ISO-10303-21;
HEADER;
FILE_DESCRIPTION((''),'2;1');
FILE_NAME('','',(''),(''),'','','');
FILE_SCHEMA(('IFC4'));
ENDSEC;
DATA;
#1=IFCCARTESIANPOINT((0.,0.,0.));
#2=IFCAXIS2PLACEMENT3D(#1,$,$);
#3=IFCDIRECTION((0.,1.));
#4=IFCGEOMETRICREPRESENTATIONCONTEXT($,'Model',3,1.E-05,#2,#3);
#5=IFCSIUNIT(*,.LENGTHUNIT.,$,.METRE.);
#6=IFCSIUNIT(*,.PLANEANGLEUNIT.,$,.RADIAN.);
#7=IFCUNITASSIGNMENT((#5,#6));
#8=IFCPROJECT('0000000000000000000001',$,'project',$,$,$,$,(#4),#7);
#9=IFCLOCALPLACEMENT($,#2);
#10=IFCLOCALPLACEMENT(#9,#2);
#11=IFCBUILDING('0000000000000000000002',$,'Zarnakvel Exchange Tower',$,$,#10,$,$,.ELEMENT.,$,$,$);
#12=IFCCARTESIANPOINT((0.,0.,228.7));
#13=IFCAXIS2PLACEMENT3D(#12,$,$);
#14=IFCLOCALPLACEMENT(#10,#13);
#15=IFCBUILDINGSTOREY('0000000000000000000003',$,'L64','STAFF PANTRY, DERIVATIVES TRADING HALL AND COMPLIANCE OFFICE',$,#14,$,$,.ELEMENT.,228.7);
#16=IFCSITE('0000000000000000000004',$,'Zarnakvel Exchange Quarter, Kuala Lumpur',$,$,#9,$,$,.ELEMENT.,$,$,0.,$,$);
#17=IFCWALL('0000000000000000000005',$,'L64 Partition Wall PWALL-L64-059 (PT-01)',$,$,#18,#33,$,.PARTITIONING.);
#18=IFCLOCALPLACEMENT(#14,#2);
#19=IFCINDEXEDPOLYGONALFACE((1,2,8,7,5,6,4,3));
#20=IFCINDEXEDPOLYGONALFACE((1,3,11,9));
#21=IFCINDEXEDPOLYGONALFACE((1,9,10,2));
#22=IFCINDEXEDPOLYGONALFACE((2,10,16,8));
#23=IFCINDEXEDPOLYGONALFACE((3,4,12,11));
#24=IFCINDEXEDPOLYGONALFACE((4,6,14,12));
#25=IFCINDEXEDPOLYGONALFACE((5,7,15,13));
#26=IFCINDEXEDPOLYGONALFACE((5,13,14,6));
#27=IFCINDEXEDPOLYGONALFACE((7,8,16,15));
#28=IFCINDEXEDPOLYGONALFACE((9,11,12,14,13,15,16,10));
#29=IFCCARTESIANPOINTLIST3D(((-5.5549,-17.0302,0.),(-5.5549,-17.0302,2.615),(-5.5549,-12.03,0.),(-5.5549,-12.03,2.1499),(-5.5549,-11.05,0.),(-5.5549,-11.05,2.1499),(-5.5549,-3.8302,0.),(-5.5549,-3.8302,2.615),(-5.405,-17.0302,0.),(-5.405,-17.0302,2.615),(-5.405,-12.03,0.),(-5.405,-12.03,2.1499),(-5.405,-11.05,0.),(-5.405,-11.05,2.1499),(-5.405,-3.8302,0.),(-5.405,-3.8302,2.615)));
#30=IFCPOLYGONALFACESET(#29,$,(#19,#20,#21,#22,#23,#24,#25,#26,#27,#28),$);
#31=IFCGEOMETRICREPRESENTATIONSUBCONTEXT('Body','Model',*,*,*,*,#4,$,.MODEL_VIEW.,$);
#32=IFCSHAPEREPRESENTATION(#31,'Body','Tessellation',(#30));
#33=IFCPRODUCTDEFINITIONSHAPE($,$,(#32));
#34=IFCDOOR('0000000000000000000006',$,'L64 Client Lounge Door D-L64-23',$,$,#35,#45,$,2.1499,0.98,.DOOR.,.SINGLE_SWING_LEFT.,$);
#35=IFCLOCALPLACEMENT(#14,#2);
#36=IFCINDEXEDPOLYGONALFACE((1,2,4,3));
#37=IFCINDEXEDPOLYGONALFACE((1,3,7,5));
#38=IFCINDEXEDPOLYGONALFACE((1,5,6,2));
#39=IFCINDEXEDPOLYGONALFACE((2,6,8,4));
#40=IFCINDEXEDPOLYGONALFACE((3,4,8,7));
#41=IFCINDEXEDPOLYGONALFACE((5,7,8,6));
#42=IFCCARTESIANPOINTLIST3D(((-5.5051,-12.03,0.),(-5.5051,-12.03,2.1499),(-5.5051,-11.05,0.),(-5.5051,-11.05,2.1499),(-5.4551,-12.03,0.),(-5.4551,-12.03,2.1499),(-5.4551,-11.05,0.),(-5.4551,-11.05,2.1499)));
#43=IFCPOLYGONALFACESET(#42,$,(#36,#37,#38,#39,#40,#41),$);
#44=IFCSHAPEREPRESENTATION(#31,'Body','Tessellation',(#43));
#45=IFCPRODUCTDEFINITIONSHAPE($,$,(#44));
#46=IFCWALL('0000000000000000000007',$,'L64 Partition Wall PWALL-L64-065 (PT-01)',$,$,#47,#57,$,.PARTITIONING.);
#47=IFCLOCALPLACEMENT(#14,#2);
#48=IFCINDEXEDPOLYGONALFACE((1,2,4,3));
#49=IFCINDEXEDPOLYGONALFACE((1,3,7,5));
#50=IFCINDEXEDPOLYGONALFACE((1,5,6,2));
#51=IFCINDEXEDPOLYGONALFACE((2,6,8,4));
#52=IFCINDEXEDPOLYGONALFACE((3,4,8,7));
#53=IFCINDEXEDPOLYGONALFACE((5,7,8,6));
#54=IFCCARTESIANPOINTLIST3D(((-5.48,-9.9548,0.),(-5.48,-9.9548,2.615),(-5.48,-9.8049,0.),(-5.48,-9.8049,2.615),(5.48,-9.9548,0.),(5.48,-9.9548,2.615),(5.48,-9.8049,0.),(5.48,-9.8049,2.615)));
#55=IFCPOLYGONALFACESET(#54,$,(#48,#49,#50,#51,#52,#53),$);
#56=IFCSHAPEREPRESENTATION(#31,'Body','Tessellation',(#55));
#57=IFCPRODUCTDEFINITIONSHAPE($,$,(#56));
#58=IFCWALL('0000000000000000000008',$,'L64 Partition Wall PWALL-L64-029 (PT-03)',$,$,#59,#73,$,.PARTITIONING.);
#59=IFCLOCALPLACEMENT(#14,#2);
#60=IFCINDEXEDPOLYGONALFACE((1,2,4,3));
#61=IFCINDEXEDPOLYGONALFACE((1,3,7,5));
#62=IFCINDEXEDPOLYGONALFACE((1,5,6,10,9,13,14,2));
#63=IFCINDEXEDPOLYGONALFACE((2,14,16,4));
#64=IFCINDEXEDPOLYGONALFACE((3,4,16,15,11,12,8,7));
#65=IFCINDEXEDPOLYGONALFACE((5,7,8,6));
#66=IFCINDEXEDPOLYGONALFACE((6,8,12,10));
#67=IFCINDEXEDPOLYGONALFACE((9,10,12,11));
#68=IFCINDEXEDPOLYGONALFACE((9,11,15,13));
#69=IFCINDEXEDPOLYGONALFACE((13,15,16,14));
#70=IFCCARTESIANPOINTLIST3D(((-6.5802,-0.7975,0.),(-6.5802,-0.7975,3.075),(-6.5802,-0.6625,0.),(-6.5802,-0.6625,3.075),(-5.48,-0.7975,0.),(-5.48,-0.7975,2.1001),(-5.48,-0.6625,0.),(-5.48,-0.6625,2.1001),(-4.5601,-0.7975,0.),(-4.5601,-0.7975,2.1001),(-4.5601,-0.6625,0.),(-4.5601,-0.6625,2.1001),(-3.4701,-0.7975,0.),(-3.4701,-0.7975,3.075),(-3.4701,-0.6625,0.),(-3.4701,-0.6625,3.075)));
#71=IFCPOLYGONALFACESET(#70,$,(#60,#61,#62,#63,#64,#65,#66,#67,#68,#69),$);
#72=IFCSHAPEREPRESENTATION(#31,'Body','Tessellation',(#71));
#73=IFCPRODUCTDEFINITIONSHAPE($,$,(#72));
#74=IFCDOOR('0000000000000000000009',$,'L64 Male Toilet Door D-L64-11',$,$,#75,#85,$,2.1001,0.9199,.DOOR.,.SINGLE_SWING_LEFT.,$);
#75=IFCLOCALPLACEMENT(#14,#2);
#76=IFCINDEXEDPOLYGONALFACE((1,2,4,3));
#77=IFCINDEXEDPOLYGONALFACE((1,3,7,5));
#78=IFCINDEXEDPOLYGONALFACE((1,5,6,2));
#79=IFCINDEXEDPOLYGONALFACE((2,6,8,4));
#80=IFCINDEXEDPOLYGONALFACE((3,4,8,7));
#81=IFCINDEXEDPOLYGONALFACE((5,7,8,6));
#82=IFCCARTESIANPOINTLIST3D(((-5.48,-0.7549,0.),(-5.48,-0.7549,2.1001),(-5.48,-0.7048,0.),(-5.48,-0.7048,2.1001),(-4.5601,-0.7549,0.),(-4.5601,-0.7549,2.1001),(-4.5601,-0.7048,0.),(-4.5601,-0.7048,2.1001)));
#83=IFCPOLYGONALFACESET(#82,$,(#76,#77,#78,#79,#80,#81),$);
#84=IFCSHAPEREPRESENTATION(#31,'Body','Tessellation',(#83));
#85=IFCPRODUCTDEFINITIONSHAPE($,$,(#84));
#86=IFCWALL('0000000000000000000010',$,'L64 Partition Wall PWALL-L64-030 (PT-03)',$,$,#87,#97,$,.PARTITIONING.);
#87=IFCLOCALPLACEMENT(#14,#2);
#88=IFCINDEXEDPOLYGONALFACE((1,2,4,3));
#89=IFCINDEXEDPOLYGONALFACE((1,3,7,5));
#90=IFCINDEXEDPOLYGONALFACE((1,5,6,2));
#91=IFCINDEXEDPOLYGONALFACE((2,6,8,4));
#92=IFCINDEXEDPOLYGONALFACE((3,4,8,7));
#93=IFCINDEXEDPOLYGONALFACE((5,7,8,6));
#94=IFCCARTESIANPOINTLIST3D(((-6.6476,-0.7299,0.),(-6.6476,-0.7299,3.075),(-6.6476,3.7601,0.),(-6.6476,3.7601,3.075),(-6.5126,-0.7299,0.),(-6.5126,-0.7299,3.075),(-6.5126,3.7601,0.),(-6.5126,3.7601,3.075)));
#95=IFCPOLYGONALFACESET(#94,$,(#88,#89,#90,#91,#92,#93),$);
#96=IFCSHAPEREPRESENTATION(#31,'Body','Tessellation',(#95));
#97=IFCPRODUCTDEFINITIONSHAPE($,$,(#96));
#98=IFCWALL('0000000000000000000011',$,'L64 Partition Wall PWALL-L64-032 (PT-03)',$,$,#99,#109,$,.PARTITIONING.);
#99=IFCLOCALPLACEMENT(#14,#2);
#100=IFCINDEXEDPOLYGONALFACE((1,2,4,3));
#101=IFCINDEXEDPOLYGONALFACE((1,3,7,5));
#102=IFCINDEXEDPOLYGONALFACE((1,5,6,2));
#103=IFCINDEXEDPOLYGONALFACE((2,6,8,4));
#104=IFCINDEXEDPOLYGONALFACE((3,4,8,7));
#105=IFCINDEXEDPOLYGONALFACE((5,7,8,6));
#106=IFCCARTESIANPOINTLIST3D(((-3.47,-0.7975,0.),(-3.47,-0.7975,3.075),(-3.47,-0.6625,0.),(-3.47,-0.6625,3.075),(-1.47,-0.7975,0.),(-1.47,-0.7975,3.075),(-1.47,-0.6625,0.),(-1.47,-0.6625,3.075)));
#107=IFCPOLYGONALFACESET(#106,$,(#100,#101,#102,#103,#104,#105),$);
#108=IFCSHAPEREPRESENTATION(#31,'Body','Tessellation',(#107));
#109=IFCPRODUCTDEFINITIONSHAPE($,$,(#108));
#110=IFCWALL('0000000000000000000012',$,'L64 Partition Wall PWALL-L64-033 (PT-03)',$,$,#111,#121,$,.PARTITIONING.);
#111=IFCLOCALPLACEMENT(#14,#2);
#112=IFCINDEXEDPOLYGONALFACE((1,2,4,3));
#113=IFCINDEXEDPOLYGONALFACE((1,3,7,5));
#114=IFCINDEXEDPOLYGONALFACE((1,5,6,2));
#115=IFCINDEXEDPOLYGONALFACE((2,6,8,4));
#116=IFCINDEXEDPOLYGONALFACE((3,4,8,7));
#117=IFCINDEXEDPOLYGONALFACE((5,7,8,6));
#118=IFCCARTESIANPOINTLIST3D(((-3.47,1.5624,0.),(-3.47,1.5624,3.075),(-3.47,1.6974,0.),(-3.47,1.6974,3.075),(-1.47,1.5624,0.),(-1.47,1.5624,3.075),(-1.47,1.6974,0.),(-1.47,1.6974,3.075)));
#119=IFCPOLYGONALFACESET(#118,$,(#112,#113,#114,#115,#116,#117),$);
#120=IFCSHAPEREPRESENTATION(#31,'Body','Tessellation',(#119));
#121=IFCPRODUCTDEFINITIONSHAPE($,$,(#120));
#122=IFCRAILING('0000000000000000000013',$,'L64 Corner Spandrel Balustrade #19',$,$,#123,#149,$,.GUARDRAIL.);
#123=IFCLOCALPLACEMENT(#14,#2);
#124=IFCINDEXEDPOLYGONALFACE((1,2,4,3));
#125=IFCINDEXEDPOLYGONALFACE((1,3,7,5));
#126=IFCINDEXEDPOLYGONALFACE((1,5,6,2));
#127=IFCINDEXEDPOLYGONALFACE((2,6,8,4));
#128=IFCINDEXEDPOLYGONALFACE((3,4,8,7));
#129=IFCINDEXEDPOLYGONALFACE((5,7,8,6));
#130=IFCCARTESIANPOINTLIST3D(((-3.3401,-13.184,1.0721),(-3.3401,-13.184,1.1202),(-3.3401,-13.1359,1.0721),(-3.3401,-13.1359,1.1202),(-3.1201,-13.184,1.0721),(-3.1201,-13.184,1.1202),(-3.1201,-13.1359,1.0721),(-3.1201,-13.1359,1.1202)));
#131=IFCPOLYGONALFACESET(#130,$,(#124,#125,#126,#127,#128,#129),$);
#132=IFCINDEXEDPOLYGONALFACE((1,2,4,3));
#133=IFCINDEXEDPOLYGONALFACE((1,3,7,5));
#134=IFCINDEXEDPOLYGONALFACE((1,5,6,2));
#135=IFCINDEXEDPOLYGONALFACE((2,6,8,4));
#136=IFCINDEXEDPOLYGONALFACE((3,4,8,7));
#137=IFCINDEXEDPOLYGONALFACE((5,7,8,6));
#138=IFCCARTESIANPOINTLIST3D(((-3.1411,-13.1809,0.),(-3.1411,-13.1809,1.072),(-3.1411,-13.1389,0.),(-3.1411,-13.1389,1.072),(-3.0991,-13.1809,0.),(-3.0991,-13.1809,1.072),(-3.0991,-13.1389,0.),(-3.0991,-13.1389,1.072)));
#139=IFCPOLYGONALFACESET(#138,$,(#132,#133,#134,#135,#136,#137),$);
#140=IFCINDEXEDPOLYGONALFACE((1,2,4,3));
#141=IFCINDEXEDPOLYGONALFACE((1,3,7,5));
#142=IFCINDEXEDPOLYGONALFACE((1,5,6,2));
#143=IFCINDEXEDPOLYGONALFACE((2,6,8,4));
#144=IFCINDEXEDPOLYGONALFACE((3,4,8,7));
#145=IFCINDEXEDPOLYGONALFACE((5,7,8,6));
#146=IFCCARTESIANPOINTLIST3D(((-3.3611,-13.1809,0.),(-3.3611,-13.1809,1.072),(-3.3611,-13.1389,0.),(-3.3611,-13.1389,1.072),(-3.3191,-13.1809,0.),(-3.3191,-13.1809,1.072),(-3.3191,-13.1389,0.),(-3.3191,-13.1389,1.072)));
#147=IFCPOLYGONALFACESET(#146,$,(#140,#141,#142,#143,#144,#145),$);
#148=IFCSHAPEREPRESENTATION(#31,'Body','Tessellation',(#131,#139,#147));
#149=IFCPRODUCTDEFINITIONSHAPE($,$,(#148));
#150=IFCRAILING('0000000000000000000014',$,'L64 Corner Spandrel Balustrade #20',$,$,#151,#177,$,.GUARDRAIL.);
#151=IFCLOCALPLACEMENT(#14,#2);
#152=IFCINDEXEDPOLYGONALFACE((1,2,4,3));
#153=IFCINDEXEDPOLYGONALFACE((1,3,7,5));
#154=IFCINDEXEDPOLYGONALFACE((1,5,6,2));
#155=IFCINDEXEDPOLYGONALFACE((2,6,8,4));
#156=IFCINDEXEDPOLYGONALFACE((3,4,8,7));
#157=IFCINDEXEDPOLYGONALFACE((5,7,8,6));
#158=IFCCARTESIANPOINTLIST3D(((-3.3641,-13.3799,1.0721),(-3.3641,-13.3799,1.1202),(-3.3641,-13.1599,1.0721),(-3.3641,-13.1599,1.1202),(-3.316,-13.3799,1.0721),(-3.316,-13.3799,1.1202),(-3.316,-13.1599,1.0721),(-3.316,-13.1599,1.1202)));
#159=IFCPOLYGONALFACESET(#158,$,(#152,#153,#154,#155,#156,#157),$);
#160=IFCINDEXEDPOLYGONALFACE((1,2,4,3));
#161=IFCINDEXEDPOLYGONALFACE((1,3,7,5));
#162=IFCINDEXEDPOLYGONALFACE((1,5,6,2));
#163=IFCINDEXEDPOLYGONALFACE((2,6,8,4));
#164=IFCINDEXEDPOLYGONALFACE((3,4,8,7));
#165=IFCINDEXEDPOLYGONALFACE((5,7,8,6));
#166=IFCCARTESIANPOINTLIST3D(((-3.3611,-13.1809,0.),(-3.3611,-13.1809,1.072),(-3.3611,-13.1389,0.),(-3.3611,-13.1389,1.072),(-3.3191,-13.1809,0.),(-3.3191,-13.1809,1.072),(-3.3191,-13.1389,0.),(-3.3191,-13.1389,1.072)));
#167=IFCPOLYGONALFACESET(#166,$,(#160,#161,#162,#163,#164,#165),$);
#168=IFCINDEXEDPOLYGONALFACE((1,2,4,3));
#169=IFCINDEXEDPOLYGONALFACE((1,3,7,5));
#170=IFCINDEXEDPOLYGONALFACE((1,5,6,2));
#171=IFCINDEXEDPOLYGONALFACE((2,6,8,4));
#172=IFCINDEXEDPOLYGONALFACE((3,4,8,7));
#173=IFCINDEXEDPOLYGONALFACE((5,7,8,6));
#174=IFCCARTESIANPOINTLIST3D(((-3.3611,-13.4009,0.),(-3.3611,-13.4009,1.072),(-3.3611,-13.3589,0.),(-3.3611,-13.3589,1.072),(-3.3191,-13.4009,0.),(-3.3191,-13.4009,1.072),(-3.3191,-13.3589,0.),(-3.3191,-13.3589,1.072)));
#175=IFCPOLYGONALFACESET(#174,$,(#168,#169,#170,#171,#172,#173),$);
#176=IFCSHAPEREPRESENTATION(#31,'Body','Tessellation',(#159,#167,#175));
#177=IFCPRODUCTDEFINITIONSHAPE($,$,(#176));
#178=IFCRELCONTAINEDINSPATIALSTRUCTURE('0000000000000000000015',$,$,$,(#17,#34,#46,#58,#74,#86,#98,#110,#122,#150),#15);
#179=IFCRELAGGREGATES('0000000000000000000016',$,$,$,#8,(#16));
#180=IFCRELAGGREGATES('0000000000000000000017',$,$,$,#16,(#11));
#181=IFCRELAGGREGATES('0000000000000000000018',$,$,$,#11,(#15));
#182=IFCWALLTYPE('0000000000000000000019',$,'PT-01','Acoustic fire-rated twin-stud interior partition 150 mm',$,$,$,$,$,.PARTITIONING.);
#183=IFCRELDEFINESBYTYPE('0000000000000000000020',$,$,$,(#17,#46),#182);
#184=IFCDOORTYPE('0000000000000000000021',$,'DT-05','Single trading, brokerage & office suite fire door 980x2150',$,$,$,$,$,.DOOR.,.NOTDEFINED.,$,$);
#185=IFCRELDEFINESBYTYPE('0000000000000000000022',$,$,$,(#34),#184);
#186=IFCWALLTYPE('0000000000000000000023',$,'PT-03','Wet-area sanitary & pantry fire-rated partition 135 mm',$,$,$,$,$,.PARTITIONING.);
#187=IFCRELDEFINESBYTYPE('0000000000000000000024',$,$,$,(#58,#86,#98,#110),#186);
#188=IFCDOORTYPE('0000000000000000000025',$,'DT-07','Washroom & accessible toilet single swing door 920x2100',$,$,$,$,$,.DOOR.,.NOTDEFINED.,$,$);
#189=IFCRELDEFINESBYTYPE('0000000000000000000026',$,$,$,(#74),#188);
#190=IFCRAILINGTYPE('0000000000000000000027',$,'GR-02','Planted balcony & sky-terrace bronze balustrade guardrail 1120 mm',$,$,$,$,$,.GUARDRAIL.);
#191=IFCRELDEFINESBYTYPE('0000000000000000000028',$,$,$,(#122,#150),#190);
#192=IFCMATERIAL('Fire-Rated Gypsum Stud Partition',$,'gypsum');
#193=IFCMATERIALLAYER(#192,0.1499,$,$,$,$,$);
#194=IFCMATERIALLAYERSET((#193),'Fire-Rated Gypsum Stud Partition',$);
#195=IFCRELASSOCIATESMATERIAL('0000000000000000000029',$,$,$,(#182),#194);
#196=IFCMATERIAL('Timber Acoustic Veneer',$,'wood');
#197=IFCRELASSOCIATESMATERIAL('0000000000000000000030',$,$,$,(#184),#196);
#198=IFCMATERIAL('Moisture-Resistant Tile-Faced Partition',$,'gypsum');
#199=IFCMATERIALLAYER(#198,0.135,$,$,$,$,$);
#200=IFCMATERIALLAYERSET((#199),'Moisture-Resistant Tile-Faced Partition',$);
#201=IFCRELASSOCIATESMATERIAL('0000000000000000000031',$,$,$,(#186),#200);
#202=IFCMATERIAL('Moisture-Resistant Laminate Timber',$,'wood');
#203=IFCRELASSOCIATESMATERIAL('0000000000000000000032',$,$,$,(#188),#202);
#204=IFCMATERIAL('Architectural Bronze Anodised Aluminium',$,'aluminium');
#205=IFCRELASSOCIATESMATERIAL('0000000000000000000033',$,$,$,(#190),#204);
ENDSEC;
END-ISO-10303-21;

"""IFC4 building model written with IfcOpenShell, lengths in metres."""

from ifc_helpers import new_model, si_unit, direction, frame, frame_2d, origin, origin_2d, place, context, subcontext, project, spatial, rectangle, extrude, source, transform, mapped, material, layer, layer_set, type_object, element, fill, save


model = new_model("IFC4")

# Units and contexts
model_context = context("Model", 3, precision=1e-05, world=origin(), true_north=direction((0.0, 1.0)))
body_context = subcontext(model_context, "Body", "Model", "MODEL_VIEW")
ifc_project = project(units=[si_unit("LENGTHUNIT", "METRE"), si_unit("PLANEANGLEUNIT", "RADIAN")], contexts=[model_context])

# Site, building, storey
site_placement = place(None, origin())
site = spatial("IfcSite", under=ifc_project, at=site_placement, Name="Zarnakvel Exchange Quarter, Kuala Lumpur", CompositionType="ELEMENT", RefElevation=0.0)
building_placement = place(site_placement, origin())
building = spatial("IfcBuilding", under=site, at=building_placement, Name="Zarnakvel Exchange Tower", CompositionType="ELEMENT")
storey_placement = place(building_placement, frame((0.0, 0.0, 228.7)))
storey = spatial("IfcBuildingStorey", under=building, at=storey_placement, Name="L64", Description="STAFF PANTRY, DERIVATIVES TRADING HALL AND COMPLIANCE OFFICE", CompositionType="ELEMENT", Elevation=228.7)

# Shared definitions
ifc_material_1 = material(Name="Fire-Rated Gypsum Stud Partition", Category="gypsum")
ifc_layer_1 = layer(ifc_material_1, 0.1499)
ifc_layer_set_1 = layer_set([ifc_layer_1], Name="Fire-Rated Gypsum Stud Partition")
wall_type_1 = type_object("IfcWallType", Name="PT-01", Description="Acoustic fire-rated twin-stud interior partition 150 mm", PredefinedType="PARTITIONING", material=ifc_layer_set_1)
ifc_material_2 = material(Name="Timber Acoustic Veneer", Category="wood")
door_type_1 = type_object("IfcDoorType", Name="DT-05", Description="Single trading, brokerage & office suite fire door 980x2150", OperationType="NOTDEFINED", PredefinedType="DOOR", material=ifc_material_2)
shared_shape_1 = source(origin(), body_context, "Body", "SweptSolid", [
    extrude(rectangle(XDim=0.98, YDim=2.1499, at=frame_2d((0.49, 1.075))), frame((0.0, 0.0249, 0.0), z_axis=(0.0, -1.0, 0.0), x_axis=(1.0, 0.0, 0.0)), (0.0, 0.0, 1.0), 0.05),
])

# Wall, opening, door
wall_1_placement = place(storey_placement, frame((-5.48, -3.8301, 0.0), z_axis=(0.0, 0.0, 1.0), x_axis=(0.0, -1.0, 0.0)))
wall_1 = element("IfcWall", 1, at=wall_1_placement, inside=storey, type_object=wall_type_1, Name="L64 Partition Wall PWALL-L64-059 (PT-01)", PredefinedType="PARTITIONING", context=body_context, shape_type="SweptSolid", body=[
    extrude(rectangle(XDim=13.2, YDim=0.1499, at=frame_2d((6.6001, 0.0))), origin(), (0.0, 0.0, 1.0), 2.615),
])
opening_1_placement = place(wall_1_placement, frame((7.22, 0.0, 0.0)))
opening_1 = element("IfcOpeningElement", 2, at=opening_1_placement, cuts=wall_1, PredefinedType="OPENING", context=body_context, shape_type="SweptSolid", body=[
    extrude(rectangle(XDim=0.98, YDim=2.1499, at=frame_2d((0.49, 1.075))), frame((0.0, 0.085, 0.0), z_axis=(0.0, -1.0, 0.0), x_axis=(1.0, 0.0, 0.0)), (0.0, 0.0, 1.0), 0.1699),
])
door_1_placement = place(opening_1_placement, origin())
door_1 = element("IfcDoor", 3, at=door_1_placement, inside=storey, type_object=door_type_1, Name="L64 Client Lounge Door D-L64-23", OperationType="SINGLE_SWING_LEFT", OverallHeight=2.1499, OverallWidth=0.98, PredefinedType="DOOR", context=body_context, shape_type="MappedRepresentation", body=[
    mapped(shared_shape_1, transform((0.0, 0.0, 0.0), x_axis=(1.0, 0.0, 0.0), y_axis=(0.0, 1.0, 0.0), z_axis=(0.0, 0.0, 1.0), scale=1.0)),
])
fill(opening_1, door_1)

# Wall
wall_2_placement = place(storey_placement, frame((-5.48, -9.8799, 0.0), z_axis=(0.0, 0.0, 1.0), x_axis=(1.0, 0.0, 0.0)))
element("IfcWall", 4, at=wall_2_placement, inside=storey, type_object=wall_type_1, Name="L64 Partition Wall PWALL-L64-065 (PT-01)", PredefinedType="PARTITIONING", context=body_context, shape_type="SweptSolid", body=[
    extrude(rectangle(XDim=10.96, YDim=0.1499, at=frame_2d((5.48, 0.0))), origin(), (0.0, 0.0, 1.0), 2.615),
])

# Wall, opening, door
ifc_material_3 = material(Name="Moisture-Resistant Tile-Faced Partition", Category="gypsum")
ifc_layer_2 = layer(ifc_material_3, 0.135)
ifc_layer_set_2 = layer_set([ifc_layer_2], Name="Moisture-Resistant Tile-Faced Partition")
wall_type_2 = type_object("IfcWallType", Name="PT-03", Description="Wet-area sanitary & pantry fire-rated partition 135 mm", PredefinedType="PARTITIONING", material=ifc_layer_set_2)
wall_3_placement = place(storey_placement, frame((-3.47, -0.73, 0.0), z_axis=(0.0, 0.0, 1.0), x_axis=(-1.0, 0.0, 0.0)))
wall_3 = element("IfcWall", 5, at=wall_3_placement, inside=storey, type_object=wall_type_2, Name="L64 Partition Wall PWALL-L64-029 (PT-03)", PredefinedType="PARTITIONING", context=body_context, shape_type="SweptSolid", body=[
    extrude(rectangle(XDim=3.1101, YDim=0.135, at=frame_2d((1.5552, 0.0))), origin(), (0.0, 0.0, 1.0), 3.075),
])
opening_2_placement = place(wall_3_placement, frame((1.0901, 0.0, 0.0)))
opening_2 = element("IfcOpeningElement", 6, at=opening_2_placement, cuts=wall_3, PredefinedType="OPENING", context=body_context, shape_type="SweptSolid", body=[
    extrude(rectangle(XDim=0.9199, YDim=2.1001, at=frame_2d((0.46, 1.05))), frame((0.0, 0.0774, 0.0), z_axis=(0.0, -1.0, 0.0), x_axis=(1.0, 0.0, 0.0)), (0.0, 0.0, 1.0), 0.155),
])
ifc_material_4 = material(Name="Moisture-Resistant Laminate Timber", Category="wood")
door_type_2 = type_object("IfcDoorType", Name="DT-07", Description="Washroom & accessible toilet single swing door 920x2100", OperationType="NOTDEFINED", PredefinedType="DOOR", material=ifc_material_4)
shared_shape_2 = source(origin(), body_context, "Body", "SweptSolid", [
    extrude(rectangle(XDim=0.9199, YDim=2.1001, at=frame_2d((0.46, 1.05))), frame((0.0, 0.0249, 0.0), z_axis=(0.0, -1.0, 0.0), x_axis=(1.0, 0.0, 0.0)), (0.0, 0.0, 1.0), 0.05),
])
door_2_placement = place(opening_2_placement, origin())
door_2 = element("IfcDoor", 7, at=door_2_placement, inside=storey, type_object=door_type_2, Name="L64 Male Toilet Door D-L64-11", OperationType="SINGLE_SWING_LEFT", OverallHeight=2.1001, OverallWidth=0.9199, PredefinedType="DOOR", context=body_context, shape_type="MappedRepresentation", body=[
    mapped(shared_shape_2, transform((0.0, 0.0, 0.0), x_axis=(1.0, 0.0, 0.0), y_axis=(0.0, 1.0, 0.0), z_axis=(0.0, 0.0, 1.0), scale=1.0)),
])
fill(opening_2, door_2)

# Walls
wall_4_placement = place(storey_placement, frame((-6.5801, -0.73, 0.0), z_axis=(0.0, 0.0, 1.0), x_axis=(0.0, 1.0, 0.0)))
element("IfcWall", 8, at=wall_4_placement, inside=storey, type_object=wall_type_2, Name="L64 Partition Wall PWALL-L64-030 (PT-03)", PredefinedType="PARTITIONING", context=body_context, shape_type="SweptSolid", body=[
    extrude(rectangle(XDim=4.49, YDim=0.135, at=frame_2d((2.2451, 0.0))), origin(), (0.0, 0.0, 1.0), 3.075),
])
for number, where, z_axis, x_axis, name in (
    (9, (-1.47, -0.73, 0.0), (0.0, 0.0, 1.0), (-1.0, 0.0, 0.0), "L64 Partition Wall PWALL-L64-032 (PT-03)"),
    (10, (-3.47, 1.6299, 0.0), (0.0, 0.0, 1.0), (1.0, 0.0, 0.0), "L64 Partition Wall PWALL-L64-033 (PT-03)"),
):
    element("IfcWall", number, at=place(storey_placement, frame(where, z_axis=z_axis, x_axis=x_axis)), inside=storey, type_object=wall_type_2, Name=name, PredefinedType="PARTITIONING", context=body_context, shape_type="SweptSolid", body=[
        extrude(rectangle(XDim=2.0, YDim=0.135, at=frame_2d((1.0, 0.0))), origin(), (0.0, 0.0, 1.0), 3.075),
    ])

# Railings
ifc_material_5 = material(Name="Architectural Bronze Anodised Aluminium", Category="aluminium")
railing_type_1 = type_object("IfcRailingType", Name="GR-02", Description="Planted balcony & sky-terrace bronze balustrade guardrail 1120 mm", PredefinedType="GUARDRAIL", material=ifc_material_5)
railing_1_placement = place(storey_placement, frame((-3.1201, -13.1599, 0.0)))
element("IfcRailing", 11, at=railing_1_placement, inside=storey, type_object=railing_type_1, Name="L64 Corner Spandrel Balustrade #19", PredefinedType="GUARDRAIL", context=body_context, shape_type="SweptSolid", body=[
    extrude(rectangle(XDim=0.0481, YDim=0.0481, at=origin_2d()), frame((0.0, 0.0, 1.0962), z_axis=(-1.0, 0.0, 0.0), x_axis=(0.0, -1.0, 0.0)), (0.0, 0.0, 1.0), 0.22),
    extrude(rectangle(XDim=0.042, YDim=0.042, at=origin_2d()), origin(), (0.0, 0.0, 1.0), 1.072),
    extrude(rectangle(XDim=0.042, YDim=0.042, at=origin_2d()), frame((-0.22, 0.0, 0.0)), (0.0, 0.0, 1.0), 1.072),
])
railing_2_placement = place(storey_placement, frame((-3.3401, -13.1599, 0.0)))
element("IfcRailing", 12, at=railing_2_placement, inside=storey, type_object=railing_type_1, Name="L64 Corner Spandrel Balustrade #20", PredefinedType="GUARDRAIL", context=body_context, shape_type="SweptSolid", body=[
    extrude(rectangle(XDim=0.0481, YDim=0.0481, at=origin_2d()), frame((0.0, 0.0, 1.0962), z_axis=(0.0, -1.0, 0.0), x_axis=(1.0, 0.0, 0.0)), (0.0, 0.0, 1.0), 0.22),
    extrude(rectangle(XDim=0.042, YDim=0.042, at=origin_2d()), origin(), (0.0, 0.0, 1.0), 1.072),
    extrude(rectangle(XDim=0.042, YDim=0.042, at=origin_2d()), frame((0.0, -0.22, 0.0)), (0.0, 0.0, 1.0), 1.072),
])

save(model, "model.ifc")
